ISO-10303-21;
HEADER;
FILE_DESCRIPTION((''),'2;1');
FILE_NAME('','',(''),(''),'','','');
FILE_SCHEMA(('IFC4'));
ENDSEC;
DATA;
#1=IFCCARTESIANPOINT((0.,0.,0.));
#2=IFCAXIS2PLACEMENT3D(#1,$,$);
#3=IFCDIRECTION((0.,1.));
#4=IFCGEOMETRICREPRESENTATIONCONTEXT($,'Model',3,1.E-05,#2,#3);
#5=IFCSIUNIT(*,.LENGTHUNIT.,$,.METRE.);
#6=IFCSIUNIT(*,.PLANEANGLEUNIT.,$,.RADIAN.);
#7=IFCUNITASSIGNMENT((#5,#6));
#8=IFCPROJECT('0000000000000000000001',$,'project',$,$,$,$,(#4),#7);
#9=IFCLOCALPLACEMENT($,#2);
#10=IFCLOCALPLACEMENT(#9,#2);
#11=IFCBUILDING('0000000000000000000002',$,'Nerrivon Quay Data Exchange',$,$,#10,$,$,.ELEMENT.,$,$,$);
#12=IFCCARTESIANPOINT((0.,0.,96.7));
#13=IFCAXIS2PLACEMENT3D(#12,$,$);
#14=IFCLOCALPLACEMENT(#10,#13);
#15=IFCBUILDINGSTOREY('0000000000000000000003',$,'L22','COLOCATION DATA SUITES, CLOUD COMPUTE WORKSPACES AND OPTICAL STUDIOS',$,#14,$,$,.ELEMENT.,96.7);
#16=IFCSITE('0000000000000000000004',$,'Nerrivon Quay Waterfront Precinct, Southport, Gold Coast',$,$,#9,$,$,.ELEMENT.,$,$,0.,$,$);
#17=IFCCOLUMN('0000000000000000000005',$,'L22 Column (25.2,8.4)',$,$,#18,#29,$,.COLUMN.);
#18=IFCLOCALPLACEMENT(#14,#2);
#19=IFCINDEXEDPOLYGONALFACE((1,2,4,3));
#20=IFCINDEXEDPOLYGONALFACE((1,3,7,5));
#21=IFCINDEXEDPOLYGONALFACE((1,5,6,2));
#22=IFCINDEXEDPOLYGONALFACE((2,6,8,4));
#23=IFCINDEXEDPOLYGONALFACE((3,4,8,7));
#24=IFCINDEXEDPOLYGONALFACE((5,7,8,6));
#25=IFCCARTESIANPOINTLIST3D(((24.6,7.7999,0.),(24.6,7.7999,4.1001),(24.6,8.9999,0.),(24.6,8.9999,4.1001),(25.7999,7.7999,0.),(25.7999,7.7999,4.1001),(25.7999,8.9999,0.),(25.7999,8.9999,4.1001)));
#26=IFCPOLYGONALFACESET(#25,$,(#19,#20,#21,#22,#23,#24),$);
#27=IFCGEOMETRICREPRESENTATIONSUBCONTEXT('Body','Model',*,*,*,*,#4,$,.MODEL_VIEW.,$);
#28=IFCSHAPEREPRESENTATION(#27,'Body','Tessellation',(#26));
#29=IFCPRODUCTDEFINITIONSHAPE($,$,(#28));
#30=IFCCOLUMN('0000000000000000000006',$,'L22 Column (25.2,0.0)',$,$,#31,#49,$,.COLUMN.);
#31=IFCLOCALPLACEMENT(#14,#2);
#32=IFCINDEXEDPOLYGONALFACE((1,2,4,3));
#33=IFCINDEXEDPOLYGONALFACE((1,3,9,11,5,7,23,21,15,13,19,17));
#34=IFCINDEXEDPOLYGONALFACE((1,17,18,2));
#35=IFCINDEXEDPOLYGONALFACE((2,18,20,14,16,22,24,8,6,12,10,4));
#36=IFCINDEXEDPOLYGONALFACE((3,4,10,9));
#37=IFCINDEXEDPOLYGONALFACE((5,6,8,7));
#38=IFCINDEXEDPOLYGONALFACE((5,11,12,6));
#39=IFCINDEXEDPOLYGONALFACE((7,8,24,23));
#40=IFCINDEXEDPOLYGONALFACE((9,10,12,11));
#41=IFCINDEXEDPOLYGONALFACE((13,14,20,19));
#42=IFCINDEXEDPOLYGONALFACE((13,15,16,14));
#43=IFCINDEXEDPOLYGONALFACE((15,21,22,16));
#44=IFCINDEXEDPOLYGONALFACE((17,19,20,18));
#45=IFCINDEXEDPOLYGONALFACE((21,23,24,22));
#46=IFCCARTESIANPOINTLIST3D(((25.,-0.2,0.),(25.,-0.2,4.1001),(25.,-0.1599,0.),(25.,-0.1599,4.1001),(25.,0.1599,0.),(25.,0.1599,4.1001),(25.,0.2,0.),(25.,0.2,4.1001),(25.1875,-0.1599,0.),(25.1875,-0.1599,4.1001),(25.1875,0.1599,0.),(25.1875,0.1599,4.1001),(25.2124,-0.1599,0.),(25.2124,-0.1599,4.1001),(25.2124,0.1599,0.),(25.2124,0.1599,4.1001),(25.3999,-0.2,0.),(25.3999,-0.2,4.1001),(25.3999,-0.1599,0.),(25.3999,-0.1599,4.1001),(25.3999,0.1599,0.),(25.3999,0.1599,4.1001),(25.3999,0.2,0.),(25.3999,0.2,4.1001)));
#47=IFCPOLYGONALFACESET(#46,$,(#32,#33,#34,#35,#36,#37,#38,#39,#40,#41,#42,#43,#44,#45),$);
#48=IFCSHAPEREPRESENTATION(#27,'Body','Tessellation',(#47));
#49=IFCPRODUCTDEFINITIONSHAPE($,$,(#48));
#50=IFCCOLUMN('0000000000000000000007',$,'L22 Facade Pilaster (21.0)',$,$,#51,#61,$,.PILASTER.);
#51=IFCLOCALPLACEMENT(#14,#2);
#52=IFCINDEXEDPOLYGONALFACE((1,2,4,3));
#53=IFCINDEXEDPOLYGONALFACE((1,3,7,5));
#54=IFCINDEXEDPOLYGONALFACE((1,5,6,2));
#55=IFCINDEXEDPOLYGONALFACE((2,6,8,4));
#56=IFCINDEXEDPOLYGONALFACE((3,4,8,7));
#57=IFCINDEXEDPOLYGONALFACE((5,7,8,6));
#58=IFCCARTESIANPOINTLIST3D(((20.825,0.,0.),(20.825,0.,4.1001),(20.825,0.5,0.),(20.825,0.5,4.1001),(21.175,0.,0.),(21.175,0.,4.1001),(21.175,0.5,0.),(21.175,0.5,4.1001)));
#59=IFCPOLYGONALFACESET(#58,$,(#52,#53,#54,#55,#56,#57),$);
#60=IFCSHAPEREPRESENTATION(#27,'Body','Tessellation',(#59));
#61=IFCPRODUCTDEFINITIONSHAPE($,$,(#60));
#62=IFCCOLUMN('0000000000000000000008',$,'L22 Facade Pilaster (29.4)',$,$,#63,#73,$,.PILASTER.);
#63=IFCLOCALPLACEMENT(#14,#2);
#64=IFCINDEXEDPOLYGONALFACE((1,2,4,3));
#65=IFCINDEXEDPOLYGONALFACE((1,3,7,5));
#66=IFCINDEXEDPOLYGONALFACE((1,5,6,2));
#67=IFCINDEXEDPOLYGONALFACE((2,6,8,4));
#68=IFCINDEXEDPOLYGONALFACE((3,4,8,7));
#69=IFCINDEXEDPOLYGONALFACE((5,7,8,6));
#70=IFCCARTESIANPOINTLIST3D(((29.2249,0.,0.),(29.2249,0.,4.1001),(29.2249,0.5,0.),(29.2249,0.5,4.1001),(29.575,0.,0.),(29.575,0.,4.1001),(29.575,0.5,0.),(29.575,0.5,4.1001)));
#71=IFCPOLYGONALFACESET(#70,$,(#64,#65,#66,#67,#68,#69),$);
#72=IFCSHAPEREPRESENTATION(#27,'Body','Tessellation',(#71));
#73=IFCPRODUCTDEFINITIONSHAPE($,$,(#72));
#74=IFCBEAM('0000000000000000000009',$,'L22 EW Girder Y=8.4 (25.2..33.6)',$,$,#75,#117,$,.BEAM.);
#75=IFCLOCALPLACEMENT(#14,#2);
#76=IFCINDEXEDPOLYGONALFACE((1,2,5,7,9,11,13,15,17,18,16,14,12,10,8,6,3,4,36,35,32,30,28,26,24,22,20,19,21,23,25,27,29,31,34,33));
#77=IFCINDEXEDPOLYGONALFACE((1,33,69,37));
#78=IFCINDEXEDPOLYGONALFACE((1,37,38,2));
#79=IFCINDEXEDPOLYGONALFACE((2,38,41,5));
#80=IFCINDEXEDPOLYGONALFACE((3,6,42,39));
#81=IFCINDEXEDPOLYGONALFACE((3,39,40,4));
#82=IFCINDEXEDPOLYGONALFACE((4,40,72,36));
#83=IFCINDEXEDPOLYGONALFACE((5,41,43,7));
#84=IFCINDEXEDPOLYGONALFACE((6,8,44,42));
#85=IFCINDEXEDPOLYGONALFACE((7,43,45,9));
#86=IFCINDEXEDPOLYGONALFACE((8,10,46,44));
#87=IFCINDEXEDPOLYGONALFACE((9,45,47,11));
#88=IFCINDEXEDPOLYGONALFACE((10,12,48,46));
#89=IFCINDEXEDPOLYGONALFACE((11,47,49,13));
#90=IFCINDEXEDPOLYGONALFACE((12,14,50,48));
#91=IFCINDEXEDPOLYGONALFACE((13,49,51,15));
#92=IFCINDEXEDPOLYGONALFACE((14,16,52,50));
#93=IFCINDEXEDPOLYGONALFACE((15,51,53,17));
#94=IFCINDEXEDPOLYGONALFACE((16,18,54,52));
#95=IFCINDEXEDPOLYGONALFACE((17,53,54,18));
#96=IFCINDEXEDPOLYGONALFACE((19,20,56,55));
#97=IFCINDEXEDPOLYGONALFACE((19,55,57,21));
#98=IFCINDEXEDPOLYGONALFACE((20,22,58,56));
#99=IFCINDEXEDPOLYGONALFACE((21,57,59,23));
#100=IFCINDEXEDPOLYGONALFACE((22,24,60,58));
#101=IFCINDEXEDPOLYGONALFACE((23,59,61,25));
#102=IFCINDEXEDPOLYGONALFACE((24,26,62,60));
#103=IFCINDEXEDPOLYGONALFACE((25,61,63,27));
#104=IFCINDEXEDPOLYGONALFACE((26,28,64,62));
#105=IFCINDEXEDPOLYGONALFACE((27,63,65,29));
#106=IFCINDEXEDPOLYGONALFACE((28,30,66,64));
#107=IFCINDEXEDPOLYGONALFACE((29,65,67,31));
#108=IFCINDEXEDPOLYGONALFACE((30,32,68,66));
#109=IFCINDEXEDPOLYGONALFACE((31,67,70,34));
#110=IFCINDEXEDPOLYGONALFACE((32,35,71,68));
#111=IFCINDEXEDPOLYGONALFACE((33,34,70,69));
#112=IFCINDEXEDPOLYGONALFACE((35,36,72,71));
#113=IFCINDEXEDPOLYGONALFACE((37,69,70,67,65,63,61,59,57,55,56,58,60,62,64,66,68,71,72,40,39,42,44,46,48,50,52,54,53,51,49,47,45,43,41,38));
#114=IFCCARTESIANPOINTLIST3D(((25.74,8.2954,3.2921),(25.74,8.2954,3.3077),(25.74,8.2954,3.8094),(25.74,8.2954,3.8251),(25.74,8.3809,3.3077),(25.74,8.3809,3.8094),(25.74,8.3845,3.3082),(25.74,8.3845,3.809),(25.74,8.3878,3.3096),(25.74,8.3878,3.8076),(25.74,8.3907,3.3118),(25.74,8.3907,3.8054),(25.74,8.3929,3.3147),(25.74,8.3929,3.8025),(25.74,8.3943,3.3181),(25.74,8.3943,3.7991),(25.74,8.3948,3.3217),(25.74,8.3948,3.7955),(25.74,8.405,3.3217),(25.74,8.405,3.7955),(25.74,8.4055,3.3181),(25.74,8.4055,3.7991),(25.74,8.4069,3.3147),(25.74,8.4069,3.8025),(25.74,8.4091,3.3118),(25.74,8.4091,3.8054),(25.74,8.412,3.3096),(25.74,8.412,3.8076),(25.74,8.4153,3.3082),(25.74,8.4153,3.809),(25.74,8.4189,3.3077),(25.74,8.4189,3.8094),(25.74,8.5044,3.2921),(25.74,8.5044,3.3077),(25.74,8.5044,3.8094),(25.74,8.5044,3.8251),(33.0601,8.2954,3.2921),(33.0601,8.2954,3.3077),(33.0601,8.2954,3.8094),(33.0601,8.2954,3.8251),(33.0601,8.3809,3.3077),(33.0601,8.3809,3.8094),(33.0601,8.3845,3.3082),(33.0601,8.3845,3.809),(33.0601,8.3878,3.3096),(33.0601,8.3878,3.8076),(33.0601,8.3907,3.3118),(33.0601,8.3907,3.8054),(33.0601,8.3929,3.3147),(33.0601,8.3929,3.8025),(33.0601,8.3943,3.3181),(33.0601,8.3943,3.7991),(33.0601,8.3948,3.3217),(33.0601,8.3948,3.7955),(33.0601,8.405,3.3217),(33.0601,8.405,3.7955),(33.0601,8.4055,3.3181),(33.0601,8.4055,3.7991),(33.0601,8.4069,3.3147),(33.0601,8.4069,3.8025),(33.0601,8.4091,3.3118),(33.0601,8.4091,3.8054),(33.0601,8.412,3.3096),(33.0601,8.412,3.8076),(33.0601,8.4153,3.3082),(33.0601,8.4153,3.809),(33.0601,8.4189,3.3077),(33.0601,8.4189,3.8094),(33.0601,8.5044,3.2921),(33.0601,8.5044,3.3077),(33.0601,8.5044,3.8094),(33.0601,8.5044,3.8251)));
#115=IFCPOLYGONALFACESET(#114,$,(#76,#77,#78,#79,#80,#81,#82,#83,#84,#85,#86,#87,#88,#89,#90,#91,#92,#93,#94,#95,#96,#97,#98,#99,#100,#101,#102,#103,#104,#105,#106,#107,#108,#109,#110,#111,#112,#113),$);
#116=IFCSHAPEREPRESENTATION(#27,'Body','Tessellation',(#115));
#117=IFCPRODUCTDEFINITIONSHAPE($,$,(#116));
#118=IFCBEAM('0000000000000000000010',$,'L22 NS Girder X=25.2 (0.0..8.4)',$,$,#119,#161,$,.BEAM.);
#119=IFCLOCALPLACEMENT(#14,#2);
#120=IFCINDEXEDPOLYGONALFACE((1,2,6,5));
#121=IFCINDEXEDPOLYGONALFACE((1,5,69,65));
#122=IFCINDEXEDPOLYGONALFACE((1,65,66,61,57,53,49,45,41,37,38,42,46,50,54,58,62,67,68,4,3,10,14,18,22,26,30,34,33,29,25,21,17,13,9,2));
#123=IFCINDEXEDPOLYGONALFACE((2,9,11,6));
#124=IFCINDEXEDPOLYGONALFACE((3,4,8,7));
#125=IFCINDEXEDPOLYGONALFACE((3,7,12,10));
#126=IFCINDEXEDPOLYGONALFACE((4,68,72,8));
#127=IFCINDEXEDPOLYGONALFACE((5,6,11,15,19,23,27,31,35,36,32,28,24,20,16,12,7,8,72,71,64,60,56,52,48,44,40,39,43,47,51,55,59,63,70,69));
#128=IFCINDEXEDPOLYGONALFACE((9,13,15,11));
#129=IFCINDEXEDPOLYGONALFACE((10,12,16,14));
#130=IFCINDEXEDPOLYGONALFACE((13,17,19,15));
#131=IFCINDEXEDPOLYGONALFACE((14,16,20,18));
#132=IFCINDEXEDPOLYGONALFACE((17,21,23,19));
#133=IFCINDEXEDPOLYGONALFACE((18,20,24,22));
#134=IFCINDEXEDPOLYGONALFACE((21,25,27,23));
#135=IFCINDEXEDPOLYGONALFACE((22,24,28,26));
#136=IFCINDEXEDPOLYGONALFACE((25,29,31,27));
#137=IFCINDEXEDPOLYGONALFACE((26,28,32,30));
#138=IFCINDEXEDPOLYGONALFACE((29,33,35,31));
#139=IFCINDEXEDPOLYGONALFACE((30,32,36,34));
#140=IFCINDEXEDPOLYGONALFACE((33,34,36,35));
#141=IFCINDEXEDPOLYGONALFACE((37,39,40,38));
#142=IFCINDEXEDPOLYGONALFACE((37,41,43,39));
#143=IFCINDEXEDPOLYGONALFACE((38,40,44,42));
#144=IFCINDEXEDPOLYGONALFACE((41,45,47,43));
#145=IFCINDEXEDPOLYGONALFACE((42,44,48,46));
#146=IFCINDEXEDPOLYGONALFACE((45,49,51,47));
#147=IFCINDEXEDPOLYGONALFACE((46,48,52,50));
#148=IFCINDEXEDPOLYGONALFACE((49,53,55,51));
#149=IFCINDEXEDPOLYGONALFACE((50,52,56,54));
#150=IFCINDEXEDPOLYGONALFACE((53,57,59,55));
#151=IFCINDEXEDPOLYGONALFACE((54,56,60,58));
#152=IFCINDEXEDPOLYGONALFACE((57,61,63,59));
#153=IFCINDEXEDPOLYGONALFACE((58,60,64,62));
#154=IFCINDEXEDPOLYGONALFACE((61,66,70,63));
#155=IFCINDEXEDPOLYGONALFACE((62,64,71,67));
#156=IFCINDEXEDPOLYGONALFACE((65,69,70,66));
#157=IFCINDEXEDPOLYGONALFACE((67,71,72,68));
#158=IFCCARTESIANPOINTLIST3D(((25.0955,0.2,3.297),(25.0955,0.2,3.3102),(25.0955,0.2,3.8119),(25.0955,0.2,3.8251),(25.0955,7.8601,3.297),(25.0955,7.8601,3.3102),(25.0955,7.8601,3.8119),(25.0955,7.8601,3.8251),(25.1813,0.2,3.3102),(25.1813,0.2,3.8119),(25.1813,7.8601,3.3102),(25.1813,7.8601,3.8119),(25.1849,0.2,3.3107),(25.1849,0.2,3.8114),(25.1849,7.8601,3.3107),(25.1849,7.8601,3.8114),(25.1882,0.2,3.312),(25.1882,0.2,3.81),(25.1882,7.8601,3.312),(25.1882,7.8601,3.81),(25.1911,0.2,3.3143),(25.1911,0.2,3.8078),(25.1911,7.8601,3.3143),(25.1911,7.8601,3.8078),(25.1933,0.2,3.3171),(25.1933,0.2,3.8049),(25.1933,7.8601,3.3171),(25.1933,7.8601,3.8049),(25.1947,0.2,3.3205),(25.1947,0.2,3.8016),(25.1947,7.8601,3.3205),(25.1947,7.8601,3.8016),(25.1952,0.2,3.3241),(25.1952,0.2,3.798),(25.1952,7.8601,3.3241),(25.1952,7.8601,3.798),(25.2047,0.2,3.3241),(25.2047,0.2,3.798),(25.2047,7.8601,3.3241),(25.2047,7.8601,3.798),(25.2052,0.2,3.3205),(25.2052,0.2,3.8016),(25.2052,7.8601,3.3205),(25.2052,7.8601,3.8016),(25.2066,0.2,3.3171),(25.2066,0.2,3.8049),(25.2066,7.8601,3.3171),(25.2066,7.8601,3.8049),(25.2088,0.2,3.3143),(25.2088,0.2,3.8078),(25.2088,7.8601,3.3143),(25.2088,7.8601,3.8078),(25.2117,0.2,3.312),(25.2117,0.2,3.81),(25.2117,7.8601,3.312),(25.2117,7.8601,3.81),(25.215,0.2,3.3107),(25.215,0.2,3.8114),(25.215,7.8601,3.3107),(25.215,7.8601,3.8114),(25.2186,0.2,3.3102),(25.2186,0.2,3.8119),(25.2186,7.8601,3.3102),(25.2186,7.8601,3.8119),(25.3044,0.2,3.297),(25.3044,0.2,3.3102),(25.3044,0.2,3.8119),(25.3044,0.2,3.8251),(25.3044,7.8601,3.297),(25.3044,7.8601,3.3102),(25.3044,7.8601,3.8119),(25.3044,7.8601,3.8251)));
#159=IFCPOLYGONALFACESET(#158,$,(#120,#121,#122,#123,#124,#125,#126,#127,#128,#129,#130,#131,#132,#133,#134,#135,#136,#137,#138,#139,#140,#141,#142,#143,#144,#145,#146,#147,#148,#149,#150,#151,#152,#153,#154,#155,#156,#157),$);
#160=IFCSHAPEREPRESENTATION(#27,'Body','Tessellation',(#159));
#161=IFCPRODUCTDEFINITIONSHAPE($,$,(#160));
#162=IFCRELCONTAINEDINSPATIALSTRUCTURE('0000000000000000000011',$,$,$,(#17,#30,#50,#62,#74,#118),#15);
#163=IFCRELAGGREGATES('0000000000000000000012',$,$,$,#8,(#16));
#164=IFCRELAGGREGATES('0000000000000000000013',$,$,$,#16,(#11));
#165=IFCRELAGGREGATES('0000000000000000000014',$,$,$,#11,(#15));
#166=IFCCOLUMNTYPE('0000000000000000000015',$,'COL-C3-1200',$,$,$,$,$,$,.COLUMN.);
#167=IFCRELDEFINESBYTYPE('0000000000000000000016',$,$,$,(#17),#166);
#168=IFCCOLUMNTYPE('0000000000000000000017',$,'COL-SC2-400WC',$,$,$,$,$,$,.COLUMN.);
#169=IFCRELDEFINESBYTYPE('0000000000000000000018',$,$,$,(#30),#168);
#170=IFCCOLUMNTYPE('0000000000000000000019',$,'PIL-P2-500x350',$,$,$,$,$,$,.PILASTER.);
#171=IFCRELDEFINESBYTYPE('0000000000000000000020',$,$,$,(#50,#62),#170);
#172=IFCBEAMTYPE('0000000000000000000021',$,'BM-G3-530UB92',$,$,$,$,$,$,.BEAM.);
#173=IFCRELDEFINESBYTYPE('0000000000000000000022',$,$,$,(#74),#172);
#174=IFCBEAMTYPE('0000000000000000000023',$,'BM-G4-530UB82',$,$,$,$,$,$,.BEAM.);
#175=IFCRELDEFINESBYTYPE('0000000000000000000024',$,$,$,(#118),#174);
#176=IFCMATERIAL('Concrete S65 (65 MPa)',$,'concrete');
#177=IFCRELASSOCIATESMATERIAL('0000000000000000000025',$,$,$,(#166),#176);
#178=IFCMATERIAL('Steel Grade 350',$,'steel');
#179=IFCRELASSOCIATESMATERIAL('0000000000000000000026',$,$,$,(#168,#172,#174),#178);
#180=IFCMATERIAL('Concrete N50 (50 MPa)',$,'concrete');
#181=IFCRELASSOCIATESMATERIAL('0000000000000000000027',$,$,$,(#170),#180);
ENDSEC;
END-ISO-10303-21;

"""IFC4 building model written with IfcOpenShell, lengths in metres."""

from ifc_helpers import new_model, si_unit, direction, frame, origin, origin_2d, place, context, subcontext, project, spatial, rectangle, i_section, extrude, material, material_profile, profile_set, type_object, element, save


model = new_model("IFC4")

# Units and contexts
model_context = context("Model", 3, precision=1e-05, world=origin(), true_north=direction((0.0, 1.0)))
body_context = subcontext(model_context, "Body", "Model", "MODEL_VIEW")
ifc_project = project(units=[si_unit("LENGTHUNIT", "METRE"), si_unit("PLANEANGLEUNIT", "RADIAN")], contexts=[model_context])

# Site, building, storey
site_placement = place(None, origin())
site = spatial("IfcSite", under=ifc_project, at=site_placement, Name="Nerrivon Quay Waterfront Precinct, Southport, Gold Coast", CompositionType="ELEMENT", RefElevation=0.0)
building_placement = place(site_placement, origin())
building = spatial("IfcBuilding", under=site, at=building_placement, Name="Nerrivon Quay Data Exchange", CompositionType="ELEMENT")
storey_placement = place(building_placement, frame((0.0, 0.0, 96.7)))
storey = spatial("IfcBuildingStorey", under=building, at=storey_placement, Name="L22", Description="COLOCATION DATA SUITES, CLOUD COMPUTE WORKSPACES AND OPTICAL STUDIOS", CompositionType="ELEMENT", Elevation=96.7)

# Columns
ifc_material_1 = material(Name="Concrete S65 (65 MPa)", Category="concrete")
ifc_material_profile_1 = material_profile(ifc_material_1, rectangle(XDim=1.2, YDim=1.2, at=origin_2d()), Name="RC-COL-1200x1200")
ifc_profile_set_1 = profile_set([ifc_material_profile_1], Name="Concrete S65 (65 MPa)")
column_type_1 = type_object("IfcColumnType", Name="COL-C3-1200", PredefinedType="COLUMN", material=ifc_profile_set_1)
column_1_placement = place(storey_placement, frame((25.2, 8.3999, 0.0), z_axis=(0.0, 0.0, 1.0), x_axis=(1.0, 0.0, 0.0)))
element("IfcColumn", 1, at=column_1_placement, inside=storey, type_object=column_type_1, Name="L22 Column (25.2,8.4)", PredefinedType="COLUMN", context=body_context, shape_type="SweptSolid", body=[
    extrude(rectangle(XDim=1.2, YDim=1.2, at=origin_2d()), origin(), (0.0, 0.0, 1.0), 4.1001),
])
ifc_material_2 = material(Name="Steel Grade 350", Category="steel")
ifc_material_profile_2 = material_profile(ifc_material_2, i_section(OverallWidth=0.3999, OverallDepth=0.3999, WebThickness=0.0249, FlangeThickness=0.04, at=origin_2d()), Name="400WC328")
ifc_profile_set_2 = profile_set([ifc_material_profile_2], Name="Steel Grade 350")
column_type_2 = type_object("IfcColumnType", Name="COL-SC2-400WC", PredefinedType="COLUMN", material=ifc_profile_set_2)
column_2_placement = place(storey_placement, frame((25.2, 0.0, 0.0), z_axis=(0.0, 0.0, 1.0), x_axis=(1.0, 0.0, 0.0)))
element("IfcColumn", 2, at=column_2_placement, inside=storey, type_object=column_type_2, Name="L22 Column (25.2,0.0)", PredefinedType="COLUMN", context=body_context, shape_type="SweptSolid", body=[
    extrude(i_section(OverallWidth=0.3999, OverallDepth=0.3999, WebThickness=0.0249, FlangeThickness=0.04, at=origin_2d()), origin(), (0.0, 0.0, 1.0), 4.1001),
])
ifc_material_3 = material(Name="Concrete N50 (50 MPa)", Category="concrete")
ifc_material_profile_3 = material_profile(ifc_material_3, rectangle(XDim=0.3501, YDim=0.5, at=origin_2d()), Name="RC-PIL-500x350")
ifc_profile_set_3 = profile_set([ifc_material_profile_3], Name="Concrete N50 (50 MPa)")
column_type_3 = type_object("IfcColumnType", Name="PIL-P2-500x350", PredefinedType="PILASTER", material=ifc_profile_set_3)
for number, where, z_axis, x_axis, name in (
    (3, (21.0, 0.25, 0.0), (0.0, 0.0, 1.0), (1.0, 0.0, 0.0), "L22 Facade Pilaster (21.0)"),
    (4, (29.3999, 0.25, 0.0), (0.0, 0.0, 1.0), (1.0, 0.0, 0.0), "L22 Facade Pilaster (29.4)"),
):
    element("IfcColumn", number, at=place(storey_placement, frame(where, z_axis=z_axis, x_axis=x_axis)), inside=storey, type_object=column_type_3, Name=name, PredefinedType="PILASTER", context=body_context, shape_type="SweptSolid", body=[
        extrude(rectangle(XDim=0.3501, YDim=0.5, at=origin_2d()), origin(), (0.0, 0.0, 1.0), 4.1001),
    ])

# Beams
ifc_material_profile_4 = material_profile(ifc_material_2, i_section(OverallWidth=0.209, OverallDepth=0.533, WebThickness=0.0103, FlangeThickness=0.0156, FilletRadius=0.0139, at=origin_2d()), Name="530UB92.4")
ifc_profile_set_4 = profile_set([ifc_material_profile_4], Name="Steel Grade 350")
beam_type_1 = type_object("IfcBeamType", Name="BM-G3-530UB92", PredefinedType="BEAM", material=ifc_profile_set_4)
beam_1_placement = place(storey_placement, frame((25.74, 8.3999, 3.5586), z_axis=(1.0, 0.0, 0.0), x_axis=(0.0, 1.0, 0.0)))
element("IfcBeam", 5, at=beam_1_placement, inside=storey, type_object=beam_type_1, Name="L22 EW Girder Y=8.4 (25.2..33.6)", PredefinedType="BEAM", context=body_context, shape_type="SweptSolid", body=[
    extrude(i_section(OverallWidth=0.209, OverallDepth=0.533, WebThickness=0.0103, FlangeThickness=0.0156, FilletRadius=0.0139, at=origin_2d()), origin(), (0.0, 0.0, 1.0), 7.3201),
])
ifc_material_profile_5 = material_profile(ifc_material_2, i_section(OverallWidth=0.209, OverallDepth=0.5281, WebThickness=0.0095, FlangeThickness=0.0132, FilletRadius=0.0139, at=origin_2d()), Name="530UB82.0")
ifc_profile_set_5 = profile_set([ifc_material_profile_5], Name="Steel Grade 350")
beam_type_2 = type_object("IfcBeamType", Name="BM-G4-530UB82", PredefinedType="BEAM", material=ifc_profile_set_5)
beam_2_placement = place(storey_placement, frame((25.2, 0.2, 3.561), z_axis=(0.0, 1.0, 0.0), x_axis=(-1.0, 0.0, 0.0)))
element("IfcBeam", 6, at=beam_2_placement, inside=storey, type_object=beam_type_2, Name="L22 NS Girder X=25.2 (0.0..8.4)", PredefinedType="BEAM", context=body_context, shape_type="SweptSolid", body=[
    extrude(i_section(OverallWidth=0.209, OverallDepth=0.5281, WebThickness=0.0095, FlangeThickness=0.0132, FilletRadius=0.0139, at=origin_2d()), origin(), (0.0, 0.0, 1.0), 7.6602),
])

save(model, "model.ifc")
